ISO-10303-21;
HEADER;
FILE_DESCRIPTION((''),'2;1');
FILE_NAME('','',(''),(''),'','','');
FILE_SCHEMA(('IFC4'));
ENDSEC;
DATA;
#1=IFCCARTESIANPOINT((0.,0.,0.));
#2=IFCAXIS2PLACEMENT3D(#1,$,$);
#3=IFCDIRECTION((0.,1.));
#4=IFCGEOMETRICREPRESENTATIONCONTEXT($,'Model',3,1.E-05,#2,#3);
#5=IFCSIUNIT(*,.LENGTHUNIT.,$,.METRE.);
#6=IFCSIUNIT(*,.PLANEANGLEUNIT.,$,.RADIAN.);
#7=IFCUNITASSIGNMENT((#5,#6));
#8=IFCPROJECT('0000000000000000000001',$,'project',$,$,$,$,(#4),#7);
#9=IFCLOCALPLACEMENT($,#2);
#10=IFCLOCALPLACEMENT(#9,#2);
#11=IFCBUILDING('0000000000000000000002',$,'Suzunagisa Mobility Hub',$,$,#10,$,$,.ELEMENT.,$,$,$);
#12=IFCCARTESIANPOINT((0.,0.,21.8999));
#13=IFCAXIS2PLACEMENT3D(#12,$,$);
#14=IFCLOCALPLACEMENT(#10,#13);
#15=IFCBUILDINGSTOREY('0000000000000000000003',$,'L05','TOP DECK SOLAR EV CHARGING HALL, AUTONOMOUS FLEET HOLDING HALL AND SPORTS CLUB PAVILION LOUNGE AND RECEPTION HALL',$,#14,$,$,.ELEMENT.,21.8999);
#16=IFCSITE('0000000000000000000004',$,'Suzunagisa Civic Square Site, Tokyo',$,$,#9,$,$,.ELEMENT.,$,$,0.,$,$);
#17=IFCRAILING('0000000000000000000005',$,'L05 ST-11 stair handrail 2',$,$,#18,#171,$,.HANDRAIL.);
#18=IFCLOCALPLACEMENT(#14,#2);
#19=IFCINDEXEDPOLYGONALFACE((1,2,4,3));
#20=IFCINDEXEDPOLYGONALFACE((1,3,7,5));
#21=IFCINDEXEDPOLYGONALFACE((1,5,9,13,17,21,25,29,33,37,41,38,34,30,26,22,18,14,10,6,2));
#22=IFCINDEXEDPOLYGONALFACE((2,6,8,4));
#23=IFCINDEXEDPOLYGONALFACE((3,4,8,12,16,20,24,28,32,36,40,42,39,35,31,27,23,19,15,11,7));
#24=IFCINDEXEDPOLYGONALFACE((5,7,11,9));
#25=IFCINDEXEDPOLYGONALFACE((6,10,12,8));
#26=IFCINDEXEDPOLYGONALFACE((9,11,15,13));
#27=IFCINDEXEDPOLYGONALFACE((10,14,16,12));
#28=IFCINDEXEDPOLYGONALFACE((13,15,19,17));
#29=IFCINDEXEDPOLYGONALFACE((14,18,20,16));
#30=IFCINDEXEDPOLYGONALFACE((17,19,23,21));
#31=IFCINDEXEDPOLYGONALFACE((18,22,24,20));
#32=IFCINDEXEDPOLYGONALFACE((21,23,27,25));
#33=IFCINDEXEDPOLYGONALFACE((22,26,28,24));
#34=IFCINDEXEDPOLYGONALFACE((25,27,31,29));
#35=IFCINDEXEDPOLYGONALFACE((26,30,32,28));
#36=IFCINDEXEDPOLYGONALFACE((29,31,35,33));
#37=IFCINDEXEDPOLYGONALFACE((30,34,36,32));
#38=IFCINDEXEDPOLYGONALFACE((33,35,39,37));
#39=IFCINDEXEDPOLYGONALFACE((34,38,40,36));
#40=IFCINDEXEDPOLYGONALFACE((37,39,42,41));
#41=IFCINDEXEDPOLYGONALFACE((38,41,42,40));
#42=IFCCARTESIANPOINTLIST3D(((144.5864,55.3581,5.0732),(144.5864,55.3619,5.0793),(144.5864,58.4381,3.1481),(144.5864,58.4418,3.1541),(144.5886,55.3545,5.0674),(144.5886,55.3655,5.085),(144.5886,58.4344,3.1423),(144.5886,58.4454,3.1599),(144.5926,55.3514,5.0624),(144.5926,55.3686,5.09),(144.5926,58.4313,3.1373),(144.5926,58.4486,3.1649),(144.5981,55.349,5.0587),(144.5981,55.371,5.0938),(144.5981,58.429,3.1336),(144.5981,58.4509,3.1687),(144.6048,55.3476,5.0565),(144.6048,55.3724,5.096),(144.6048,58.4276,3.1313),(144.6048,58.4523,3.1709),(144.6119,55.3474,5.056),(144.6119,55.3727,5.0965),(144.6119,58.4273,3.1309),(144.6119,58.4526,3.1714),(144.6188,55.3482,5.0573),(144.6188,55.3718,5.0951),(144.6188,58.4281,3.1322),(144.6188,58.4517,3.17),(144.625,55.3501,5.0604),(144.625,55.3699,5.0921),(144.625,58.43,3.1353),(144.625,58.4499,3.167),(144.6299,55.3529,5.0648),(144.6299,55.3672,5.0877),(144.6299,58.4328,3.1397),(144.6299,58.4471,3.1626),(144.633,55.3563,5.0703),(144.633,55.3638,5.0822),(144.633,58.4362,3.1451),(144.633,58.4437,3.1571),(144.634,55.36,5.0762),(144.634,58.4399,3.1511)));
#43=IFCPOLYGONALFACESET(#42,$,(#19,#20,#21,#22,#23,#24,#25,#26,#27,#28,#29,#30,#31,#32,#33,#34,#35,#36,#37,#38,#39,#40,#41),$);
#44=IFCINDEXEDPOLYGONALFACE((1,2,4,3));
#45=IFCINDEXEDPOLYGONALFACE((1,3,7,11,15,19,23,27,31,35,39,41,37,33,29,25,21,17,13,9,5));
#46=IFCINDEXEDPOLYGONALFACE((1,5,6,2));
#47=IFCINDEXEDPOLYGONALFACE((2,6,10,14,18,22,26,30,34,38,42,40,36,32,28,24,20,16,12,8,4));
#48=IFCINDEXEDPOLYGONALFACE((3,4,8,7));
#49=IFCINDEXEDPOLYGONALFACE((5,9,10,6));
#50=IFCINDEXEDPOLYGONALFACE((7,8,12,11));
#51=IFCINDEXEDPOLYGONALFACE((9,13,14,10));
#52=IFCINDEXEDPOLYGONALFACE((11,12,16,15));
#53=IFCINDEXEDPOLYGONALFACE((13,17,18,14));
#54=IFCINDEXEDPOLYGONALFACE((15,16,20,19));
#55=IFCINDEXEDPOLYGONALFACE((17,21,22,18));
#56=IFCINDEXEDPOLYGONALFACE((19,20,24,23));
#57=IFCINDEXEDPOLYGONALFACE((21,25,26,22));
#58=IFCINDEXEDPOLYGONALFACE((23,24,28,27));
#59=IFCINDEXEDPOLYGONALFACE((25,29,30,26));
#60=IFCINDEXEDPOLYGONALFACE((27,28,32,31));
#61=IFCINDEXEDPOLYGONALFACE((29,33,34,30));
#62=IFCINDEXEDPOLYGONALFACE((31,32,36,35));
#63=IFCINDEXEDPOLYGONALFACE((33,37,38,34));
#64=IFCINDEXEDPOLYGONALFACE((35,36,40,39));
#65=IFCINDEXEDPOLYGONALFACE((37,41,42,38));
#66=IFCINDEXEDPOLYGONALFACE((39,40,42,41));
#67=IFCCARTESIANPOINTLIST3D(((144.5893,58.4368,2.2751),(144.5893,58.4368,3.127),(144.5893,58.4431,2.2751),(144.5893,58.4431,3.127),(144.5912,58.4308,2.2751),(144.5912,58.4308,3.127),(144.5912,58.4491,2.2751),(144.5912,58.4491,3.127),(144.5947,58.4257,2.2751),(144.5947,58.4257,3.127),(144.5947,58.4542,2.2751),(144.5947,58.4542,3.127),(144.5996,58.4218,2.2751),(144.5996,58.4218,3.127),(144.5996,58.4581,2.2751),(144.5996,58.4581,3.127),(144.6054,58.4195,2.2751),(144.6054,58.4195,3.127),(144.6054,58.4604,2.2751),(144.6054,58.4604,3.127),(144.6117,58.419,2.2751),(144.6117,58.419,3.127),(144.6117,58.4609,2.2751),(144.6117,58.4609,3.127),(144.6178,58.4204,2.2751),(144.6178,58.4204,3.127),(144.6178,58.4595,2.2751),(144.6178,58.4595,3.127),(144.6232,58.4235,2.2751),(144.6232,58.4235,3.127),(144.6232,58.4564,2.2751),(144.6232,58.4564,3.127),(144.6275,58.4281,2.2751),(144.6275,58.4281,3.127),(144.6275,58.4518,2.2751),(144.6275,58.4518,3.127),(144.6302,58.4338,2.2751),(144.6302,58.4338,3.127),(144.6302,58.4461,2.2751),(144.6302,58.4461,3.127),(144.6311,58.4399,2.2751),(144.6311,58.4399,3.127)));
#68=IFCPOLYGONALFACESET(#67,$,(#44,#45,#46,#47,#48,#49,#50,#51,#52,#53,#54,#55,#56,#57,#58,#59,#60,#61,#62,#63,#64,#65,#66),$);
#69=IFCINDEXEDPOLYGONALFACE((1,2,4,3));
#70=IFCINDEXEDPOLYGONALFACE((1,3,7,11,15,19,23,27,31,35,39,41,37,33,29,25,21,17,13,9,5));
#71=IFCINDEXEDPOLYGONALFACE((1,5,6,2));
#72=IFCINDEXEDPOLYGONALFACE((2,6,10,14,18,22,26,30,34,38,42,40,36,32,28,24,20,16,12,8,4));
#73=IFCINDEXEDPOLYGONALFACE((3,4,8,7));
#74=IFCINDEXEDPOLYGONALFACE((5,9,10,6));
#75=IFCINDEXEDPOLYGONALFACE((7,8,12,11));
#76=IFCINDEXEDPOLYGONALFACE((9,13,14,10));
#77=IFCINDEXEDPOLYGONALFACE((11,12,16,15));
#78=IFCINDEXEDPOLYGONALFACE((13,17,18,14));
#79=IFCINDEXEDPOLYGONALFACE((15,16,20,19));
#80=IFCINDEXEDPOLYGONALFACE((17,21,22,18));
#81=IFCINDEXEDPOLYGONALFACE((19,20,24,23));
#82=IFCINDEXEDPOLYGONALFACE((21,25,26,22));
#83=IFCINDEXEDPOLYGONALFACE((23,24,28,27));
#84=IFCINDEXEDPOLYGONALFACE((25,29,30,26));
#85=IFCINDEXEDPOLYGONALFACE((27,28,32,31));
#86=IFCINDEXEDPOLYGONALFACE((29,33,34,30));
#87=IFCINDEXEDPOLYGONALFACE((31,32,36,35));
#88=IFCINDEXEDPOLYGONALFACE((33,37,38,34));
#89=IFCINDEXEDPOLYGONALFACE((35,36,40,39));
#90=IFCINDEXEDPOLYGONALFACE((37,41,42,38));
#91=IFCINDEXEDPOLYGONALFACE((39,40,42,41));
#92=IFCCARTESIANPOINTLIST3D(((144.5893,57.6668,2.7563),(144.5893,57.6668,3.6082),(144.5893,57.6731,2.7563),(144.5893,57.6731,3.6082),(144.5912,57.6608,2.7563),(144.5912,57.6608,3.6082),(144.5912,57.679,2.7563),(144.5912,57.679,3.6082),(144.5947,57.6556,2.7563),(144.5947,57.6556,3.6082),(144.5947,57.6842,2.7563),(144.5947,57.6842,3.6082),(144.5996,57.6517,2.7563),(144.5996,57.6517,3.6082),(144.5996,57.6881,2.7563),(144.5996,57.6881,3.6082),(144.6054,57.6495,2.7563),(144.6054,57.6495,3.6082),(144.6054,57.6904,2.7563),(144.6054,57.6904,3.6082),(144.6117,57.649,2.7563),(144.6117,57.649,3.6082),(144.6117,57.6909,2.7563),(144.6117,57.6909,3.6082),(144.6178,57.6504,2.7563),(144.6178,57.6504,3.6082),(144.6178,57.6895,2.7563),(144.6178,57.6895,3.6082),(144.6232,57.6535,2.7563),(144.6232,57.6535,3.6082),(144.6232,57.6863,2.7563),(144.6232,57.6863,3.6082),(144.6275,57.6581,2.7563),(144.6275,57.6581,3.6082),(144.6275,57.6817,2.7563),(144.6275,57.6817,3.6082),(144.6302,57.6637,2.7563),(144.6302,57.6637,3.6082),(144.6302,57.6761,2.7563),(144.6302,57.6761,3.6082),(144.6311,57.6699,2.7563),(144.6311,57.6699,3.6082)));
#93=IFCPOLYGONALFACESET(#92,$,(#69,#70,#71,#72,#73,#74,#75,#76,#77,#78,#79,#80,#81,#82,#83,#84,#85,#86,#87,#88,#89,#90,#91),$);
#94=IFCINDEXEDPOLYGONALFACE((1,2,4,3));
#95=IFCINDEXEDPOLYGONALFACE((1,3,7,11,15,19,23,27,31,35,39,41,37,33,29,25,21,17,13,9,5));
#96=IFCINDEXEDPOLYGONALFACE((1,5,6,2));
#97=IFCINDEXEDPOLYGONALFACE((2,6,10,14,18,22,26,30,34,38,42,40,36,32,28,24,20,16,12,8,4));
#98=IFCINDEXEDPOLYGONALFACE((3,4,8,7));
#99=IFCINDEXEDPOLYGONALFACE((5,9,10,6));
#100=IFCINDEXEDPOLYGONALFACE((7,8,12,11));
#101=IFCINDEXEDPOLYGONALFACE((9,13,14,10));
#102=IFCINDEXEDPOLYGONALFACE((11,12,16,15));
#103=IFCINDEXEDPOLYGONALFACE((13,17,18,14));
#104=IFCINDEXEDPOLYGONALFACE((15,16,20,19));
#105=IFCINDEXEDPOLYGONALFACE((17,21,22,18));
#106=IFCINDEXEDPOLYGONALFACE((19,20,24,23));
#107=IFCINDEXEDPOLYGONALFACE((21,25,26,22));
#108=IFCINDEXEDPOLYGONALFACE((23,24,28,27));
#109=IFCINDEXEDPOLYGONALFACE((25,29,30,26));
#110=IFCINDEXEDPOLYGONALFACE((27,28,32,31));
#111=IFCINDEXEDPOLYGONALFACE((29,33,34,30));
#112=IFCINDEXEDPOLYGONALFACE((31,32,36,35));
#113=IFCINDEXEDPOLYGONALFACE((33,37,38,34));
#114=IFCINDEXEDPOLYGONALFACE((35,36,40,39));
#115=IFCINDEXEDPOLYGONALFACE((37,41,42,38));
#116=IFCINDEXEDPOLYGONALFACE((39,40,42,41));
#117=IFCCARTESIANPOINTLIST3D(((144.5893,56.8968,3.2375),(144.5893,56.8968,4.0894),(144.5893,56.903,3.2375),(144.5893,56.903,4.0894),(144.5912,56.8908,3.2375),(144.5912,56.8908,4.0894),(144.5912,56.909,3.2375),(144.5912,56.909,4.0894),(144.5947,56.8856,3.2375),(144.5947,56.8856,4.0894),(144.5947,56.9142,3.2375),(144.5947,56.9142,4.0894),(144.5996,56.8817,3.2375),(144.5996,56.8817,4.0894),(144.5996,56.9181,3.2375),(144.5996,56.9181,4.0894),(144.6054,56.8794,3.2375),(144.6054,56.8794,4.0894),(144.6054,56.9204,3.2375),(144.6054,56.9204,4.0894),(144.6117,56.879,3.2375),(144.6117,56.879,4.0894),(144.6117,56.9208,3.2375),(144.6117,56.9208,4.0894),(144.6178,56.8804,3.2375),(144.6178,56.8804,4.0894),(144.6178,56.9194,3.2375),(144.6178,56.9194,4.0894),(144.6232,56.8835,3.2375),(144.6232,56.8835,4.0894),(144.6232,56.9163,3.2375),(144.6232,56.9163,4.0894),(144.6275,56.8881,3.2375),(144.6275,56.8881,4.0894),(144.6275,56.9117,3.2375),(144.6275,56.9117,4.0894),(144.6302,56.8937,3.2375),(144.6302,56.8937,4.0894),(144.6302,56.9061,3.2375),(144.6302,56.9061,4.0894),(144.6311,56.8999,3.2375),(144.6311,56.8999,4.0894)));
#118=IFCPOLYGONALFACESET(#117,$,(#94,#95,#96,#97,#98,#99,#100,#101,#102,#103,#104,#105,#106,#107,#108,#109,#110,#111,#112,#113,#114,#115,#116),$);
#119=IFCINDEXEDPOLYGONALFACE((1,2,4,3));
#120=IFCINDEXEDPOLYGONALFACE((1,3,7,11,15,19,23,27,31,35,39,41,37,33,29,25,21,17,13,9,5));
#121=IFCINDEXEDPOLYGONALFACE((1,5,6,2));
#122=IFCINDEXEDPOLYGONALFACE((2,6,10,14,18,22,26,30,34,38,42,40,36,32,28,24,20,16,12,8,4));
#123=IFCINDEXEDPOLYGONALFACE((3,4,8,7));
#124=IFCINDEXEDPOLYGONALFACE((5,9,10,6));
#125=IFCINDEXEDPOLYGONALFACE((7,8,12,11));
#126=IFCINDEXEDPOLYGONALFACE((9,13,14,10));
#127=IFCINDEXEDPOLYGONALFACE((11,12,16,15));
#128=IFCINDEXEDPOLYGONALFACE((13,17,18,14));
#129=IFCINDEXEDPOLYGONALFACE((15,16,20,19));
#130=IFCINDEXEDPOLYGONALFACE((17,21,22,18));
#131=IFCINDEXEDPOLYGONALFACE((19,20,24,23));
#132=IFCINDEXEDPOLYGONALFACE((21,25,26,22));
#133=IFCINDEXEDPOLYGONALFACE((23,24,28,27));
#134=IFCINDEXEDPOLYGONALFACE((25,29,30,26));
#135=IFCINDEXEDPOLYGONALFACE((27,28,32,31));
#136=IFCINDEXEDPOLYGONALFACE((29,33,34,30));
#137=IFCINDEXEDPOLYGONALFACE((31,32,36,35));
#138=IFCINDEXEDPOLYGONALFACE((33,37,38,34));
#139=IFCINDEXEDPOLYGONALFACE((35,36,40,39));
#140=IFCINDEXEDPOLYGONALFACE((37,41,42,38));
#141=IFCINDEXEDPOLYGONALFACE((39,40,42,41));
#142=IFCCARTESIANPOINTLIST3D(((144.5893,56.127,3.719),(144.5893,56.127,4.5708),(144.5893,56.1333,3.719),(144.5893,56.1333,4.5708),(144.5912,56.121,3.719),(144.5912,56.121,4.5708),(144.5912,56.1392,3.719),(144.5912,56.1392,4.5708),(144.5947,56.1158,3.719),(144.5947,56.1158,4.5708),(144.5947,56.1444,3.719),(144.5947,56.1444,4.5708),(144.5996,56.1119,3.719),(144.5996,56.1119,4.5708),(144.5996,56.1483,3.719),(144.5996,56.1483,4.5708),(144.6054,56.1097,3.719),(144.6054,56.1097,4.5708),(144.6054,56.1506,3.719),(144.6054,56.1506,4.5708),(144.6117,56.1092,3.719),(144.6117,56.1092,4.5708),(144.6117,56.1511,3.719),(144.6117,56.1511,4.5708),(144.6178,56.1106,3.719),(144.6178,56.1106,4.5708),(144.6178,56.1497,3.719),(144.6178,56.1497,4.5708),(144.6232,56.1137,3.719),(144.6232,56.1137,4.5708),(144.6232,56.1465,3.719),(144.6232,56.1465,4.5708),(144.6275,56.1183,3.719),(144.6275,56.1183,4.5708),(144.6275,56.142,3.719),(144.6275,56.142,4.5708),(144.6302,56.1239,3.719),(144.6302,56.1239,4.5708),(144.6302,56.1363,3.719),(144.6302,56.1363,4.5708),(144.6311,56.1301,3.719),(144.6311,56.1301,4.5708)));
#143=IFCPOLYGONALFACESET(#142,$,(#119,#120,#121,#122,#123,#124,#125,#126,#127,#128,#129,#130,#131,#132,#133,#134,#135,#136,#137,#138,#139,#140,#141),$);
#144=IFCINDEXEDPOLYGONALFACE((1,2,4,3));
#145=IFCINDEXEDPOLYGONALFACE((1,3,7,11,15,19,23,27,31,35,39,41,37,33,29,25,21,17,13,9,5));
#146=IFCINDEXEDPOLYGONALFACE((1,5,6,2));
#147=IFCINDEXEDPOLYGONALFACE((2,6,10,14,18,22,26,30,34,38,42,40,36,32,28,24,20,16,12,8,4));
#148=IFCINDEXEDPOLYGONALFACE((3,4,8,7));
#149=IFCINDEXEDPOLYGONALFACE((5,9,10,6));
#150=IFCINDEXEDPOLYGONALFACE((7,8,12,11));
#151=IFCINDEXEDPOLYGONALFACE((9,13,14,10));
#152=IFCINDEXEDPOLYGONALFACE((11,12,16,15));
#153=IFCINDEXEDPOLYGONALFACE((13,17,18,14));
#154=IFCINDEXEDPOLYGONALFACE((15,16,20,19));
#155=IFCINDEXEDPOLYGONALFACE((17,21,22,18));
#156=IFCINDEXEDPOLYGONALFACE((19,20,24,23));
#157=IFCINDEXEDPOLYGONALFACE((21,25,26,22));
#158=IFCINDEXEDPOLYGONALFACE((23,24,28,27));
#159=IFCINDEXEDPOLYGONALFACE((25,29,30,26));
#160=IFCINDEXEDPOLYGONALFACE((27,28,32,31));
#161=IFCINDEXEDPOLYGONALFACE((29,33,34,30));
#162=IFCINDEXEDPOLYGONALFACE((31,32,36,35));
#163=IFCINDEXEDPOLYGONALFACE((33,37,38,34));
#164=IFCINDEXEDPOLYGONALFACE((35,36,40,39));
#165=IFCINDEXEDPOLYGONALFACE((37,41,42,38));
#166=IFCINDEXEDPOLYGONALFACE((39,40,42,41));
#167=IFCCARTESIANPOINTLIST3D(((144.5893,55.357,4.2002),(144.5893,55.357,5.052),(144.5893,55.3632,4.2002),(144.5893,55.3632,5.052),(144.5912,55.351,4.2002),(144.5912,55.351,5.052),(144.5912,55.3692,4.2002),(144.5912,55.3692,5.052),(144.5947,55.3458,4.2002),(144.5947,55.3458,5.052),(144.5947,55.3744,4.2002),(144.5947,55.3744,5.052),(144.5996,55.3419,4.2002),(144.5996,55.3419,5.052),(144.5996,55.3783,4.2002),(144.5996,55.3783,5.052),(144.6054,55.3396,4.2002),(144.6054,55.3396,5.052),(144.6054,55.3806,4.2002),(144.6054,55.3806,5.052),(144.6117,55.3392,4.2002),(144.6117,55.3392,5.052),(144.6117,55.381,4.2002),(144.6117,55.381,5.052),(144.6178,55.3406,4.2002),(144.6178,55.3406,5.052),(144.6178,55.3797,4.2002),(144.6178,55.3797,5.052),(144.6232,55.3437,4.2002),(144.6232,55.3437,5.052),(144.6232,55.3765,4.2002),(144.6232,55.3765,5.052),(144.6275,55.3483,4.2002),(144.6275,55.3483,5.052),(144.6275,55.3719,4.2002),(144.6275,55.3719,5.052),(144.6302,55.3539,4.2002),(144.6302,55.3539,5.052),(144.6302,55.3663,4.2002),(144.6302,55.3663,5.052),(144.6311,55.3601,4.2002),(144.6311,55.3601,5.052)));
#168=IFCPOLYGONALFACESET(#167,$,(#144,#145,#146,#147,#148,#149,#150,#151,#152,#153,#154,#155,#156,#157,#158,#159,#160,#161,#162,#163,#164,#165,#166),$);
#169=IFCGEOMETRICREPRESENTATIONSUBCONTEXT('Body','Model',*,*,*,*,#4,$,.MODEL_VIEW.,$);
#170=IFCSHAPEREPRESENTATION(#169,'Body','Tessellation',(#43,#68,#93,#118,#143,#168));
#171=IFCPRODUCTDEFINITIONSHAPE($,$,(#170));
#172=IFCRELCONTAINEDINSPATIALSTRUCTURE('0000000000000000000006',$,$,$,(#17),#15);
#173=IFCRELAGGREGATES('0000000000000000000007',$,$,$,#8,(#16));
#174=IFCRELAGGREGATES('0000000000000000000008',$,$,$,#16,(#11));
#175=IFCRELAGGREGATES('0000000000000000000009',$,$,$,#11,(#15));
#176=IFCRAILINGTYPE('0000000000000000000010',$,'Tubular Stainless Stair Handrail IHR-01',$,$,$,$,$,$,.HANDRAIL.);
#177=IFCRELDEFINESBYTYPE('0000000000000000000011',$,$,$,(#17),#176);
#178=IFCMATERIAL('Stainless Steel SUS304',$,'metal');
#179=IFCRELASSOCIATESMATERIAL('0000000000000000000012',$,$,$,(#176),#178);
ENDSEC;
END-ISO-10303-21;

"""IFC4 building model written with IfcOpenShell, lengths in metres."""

from ifc_helpers import new_model, si_unit, direction, frame, origin, origin_2d, place, context, subcontext, project, spatial, circle, extrude, material, type_object, element, save


model = new_model("IFC4")

# Units and contexts
model_context = context("Model", 3, precision=1e-05, world=origin(), true_north=direction((0.0, 1.0)))
body_context = subcontext(model_context, "Body", "Model", "MODEL_VIEW")
ifc_project = project(units=[si_unit("LENGTHUNIT", "METRE"), si_unit("PLANEANGLEUNIT", "RADIAN")], contexts=[model_context])

# Site, building, storey
site_placement = place(None, origin())
site = spatial("IfcSite", under=ifc_project, at=site_placement, Name="Suzunagisa Civic Square Site, Tokyo", CompositionType="ELEMENT", RefElevation=0.0)
building_placement = place(site_placement, origin())
building = spatial("IfcBuilding", under=site, at=building_placement, Name="Suzunagisa Mobility Hub", CompositionType="ELEMENT")
storey_placement = place(building_placement, frame((0.0, 0.0, 21.8999)))
storey = spatial("IfcBuildingStorey", under=building, at=storey_placement, Name="L05", Description="TOP DECK SOLAR EV CHARGING HALL, AUTONOMOUS FLEET HOLDING HALL AND SPORTS CLUB PAVILION LOUNGE AND RECEPTION HALL", CompositionType="ELEMENT", Elevation=21.8999)

# Shared definitions
ifc_material_1 = material(Name="Stainless Steel SUS304", Category="metal")

# Railing
railing_type_1 = type_object("IfcRailingType", Name="Tubular Stainless Stair Handrail IHR-01", PredefinedType="HANDRAIL", material=ifc_material_1)
railing_1_placement = place(storey_placement, frame((144.6101, 58.4399, 2.2751)))
element("IfcRailing", 1, at=railing_1_placement, inside=storey, type_object=railing_type_1, Name="L05 ST-11 stair handrail 2", PredefinedType="HANDRAIL", context=body_context, shape_type="SweptSolid", body=[
    extrude(circle(Radius=0.0239, at=origin_2d()), frame((0.0, 0.0, 0.876), z_axis=(0.0, -0.847979, 0.530029), x_axis=(1.0, 0.0, 0.0)), (0.0, 0.0, 1.0), 3.6321),
    extrude(circle(Radius=0.021, at=origin_2d()), origin(), (0.0, 0.0, 1.0), 0.8518),
    extrude(circle(Radius=0.021, at=origin_2d()), frame((0.0, -0.77, 0.4812)), (0.0, 0.0, 1.0), 0.8518),
    extrude(circle(Radius=0.021, at=origin_2d()), frame((0.0, -1.54, 0.9624)), (0.0, 0.0, 1.0), 0.8518),
    extrude(circle(Radius=0.021, at=origin_2d()), frame((0.0, -2.3098, 1.4438)), (0.0, 0.0, 1.0), 0.8518),
    extrude(circle(Radius=0.021, at=origin_2d()), frame((0.0, -3.0798, 1.925)), (0.0, 0.0, 1.0), 0.8518),
])

save(model, "model.ifc")
